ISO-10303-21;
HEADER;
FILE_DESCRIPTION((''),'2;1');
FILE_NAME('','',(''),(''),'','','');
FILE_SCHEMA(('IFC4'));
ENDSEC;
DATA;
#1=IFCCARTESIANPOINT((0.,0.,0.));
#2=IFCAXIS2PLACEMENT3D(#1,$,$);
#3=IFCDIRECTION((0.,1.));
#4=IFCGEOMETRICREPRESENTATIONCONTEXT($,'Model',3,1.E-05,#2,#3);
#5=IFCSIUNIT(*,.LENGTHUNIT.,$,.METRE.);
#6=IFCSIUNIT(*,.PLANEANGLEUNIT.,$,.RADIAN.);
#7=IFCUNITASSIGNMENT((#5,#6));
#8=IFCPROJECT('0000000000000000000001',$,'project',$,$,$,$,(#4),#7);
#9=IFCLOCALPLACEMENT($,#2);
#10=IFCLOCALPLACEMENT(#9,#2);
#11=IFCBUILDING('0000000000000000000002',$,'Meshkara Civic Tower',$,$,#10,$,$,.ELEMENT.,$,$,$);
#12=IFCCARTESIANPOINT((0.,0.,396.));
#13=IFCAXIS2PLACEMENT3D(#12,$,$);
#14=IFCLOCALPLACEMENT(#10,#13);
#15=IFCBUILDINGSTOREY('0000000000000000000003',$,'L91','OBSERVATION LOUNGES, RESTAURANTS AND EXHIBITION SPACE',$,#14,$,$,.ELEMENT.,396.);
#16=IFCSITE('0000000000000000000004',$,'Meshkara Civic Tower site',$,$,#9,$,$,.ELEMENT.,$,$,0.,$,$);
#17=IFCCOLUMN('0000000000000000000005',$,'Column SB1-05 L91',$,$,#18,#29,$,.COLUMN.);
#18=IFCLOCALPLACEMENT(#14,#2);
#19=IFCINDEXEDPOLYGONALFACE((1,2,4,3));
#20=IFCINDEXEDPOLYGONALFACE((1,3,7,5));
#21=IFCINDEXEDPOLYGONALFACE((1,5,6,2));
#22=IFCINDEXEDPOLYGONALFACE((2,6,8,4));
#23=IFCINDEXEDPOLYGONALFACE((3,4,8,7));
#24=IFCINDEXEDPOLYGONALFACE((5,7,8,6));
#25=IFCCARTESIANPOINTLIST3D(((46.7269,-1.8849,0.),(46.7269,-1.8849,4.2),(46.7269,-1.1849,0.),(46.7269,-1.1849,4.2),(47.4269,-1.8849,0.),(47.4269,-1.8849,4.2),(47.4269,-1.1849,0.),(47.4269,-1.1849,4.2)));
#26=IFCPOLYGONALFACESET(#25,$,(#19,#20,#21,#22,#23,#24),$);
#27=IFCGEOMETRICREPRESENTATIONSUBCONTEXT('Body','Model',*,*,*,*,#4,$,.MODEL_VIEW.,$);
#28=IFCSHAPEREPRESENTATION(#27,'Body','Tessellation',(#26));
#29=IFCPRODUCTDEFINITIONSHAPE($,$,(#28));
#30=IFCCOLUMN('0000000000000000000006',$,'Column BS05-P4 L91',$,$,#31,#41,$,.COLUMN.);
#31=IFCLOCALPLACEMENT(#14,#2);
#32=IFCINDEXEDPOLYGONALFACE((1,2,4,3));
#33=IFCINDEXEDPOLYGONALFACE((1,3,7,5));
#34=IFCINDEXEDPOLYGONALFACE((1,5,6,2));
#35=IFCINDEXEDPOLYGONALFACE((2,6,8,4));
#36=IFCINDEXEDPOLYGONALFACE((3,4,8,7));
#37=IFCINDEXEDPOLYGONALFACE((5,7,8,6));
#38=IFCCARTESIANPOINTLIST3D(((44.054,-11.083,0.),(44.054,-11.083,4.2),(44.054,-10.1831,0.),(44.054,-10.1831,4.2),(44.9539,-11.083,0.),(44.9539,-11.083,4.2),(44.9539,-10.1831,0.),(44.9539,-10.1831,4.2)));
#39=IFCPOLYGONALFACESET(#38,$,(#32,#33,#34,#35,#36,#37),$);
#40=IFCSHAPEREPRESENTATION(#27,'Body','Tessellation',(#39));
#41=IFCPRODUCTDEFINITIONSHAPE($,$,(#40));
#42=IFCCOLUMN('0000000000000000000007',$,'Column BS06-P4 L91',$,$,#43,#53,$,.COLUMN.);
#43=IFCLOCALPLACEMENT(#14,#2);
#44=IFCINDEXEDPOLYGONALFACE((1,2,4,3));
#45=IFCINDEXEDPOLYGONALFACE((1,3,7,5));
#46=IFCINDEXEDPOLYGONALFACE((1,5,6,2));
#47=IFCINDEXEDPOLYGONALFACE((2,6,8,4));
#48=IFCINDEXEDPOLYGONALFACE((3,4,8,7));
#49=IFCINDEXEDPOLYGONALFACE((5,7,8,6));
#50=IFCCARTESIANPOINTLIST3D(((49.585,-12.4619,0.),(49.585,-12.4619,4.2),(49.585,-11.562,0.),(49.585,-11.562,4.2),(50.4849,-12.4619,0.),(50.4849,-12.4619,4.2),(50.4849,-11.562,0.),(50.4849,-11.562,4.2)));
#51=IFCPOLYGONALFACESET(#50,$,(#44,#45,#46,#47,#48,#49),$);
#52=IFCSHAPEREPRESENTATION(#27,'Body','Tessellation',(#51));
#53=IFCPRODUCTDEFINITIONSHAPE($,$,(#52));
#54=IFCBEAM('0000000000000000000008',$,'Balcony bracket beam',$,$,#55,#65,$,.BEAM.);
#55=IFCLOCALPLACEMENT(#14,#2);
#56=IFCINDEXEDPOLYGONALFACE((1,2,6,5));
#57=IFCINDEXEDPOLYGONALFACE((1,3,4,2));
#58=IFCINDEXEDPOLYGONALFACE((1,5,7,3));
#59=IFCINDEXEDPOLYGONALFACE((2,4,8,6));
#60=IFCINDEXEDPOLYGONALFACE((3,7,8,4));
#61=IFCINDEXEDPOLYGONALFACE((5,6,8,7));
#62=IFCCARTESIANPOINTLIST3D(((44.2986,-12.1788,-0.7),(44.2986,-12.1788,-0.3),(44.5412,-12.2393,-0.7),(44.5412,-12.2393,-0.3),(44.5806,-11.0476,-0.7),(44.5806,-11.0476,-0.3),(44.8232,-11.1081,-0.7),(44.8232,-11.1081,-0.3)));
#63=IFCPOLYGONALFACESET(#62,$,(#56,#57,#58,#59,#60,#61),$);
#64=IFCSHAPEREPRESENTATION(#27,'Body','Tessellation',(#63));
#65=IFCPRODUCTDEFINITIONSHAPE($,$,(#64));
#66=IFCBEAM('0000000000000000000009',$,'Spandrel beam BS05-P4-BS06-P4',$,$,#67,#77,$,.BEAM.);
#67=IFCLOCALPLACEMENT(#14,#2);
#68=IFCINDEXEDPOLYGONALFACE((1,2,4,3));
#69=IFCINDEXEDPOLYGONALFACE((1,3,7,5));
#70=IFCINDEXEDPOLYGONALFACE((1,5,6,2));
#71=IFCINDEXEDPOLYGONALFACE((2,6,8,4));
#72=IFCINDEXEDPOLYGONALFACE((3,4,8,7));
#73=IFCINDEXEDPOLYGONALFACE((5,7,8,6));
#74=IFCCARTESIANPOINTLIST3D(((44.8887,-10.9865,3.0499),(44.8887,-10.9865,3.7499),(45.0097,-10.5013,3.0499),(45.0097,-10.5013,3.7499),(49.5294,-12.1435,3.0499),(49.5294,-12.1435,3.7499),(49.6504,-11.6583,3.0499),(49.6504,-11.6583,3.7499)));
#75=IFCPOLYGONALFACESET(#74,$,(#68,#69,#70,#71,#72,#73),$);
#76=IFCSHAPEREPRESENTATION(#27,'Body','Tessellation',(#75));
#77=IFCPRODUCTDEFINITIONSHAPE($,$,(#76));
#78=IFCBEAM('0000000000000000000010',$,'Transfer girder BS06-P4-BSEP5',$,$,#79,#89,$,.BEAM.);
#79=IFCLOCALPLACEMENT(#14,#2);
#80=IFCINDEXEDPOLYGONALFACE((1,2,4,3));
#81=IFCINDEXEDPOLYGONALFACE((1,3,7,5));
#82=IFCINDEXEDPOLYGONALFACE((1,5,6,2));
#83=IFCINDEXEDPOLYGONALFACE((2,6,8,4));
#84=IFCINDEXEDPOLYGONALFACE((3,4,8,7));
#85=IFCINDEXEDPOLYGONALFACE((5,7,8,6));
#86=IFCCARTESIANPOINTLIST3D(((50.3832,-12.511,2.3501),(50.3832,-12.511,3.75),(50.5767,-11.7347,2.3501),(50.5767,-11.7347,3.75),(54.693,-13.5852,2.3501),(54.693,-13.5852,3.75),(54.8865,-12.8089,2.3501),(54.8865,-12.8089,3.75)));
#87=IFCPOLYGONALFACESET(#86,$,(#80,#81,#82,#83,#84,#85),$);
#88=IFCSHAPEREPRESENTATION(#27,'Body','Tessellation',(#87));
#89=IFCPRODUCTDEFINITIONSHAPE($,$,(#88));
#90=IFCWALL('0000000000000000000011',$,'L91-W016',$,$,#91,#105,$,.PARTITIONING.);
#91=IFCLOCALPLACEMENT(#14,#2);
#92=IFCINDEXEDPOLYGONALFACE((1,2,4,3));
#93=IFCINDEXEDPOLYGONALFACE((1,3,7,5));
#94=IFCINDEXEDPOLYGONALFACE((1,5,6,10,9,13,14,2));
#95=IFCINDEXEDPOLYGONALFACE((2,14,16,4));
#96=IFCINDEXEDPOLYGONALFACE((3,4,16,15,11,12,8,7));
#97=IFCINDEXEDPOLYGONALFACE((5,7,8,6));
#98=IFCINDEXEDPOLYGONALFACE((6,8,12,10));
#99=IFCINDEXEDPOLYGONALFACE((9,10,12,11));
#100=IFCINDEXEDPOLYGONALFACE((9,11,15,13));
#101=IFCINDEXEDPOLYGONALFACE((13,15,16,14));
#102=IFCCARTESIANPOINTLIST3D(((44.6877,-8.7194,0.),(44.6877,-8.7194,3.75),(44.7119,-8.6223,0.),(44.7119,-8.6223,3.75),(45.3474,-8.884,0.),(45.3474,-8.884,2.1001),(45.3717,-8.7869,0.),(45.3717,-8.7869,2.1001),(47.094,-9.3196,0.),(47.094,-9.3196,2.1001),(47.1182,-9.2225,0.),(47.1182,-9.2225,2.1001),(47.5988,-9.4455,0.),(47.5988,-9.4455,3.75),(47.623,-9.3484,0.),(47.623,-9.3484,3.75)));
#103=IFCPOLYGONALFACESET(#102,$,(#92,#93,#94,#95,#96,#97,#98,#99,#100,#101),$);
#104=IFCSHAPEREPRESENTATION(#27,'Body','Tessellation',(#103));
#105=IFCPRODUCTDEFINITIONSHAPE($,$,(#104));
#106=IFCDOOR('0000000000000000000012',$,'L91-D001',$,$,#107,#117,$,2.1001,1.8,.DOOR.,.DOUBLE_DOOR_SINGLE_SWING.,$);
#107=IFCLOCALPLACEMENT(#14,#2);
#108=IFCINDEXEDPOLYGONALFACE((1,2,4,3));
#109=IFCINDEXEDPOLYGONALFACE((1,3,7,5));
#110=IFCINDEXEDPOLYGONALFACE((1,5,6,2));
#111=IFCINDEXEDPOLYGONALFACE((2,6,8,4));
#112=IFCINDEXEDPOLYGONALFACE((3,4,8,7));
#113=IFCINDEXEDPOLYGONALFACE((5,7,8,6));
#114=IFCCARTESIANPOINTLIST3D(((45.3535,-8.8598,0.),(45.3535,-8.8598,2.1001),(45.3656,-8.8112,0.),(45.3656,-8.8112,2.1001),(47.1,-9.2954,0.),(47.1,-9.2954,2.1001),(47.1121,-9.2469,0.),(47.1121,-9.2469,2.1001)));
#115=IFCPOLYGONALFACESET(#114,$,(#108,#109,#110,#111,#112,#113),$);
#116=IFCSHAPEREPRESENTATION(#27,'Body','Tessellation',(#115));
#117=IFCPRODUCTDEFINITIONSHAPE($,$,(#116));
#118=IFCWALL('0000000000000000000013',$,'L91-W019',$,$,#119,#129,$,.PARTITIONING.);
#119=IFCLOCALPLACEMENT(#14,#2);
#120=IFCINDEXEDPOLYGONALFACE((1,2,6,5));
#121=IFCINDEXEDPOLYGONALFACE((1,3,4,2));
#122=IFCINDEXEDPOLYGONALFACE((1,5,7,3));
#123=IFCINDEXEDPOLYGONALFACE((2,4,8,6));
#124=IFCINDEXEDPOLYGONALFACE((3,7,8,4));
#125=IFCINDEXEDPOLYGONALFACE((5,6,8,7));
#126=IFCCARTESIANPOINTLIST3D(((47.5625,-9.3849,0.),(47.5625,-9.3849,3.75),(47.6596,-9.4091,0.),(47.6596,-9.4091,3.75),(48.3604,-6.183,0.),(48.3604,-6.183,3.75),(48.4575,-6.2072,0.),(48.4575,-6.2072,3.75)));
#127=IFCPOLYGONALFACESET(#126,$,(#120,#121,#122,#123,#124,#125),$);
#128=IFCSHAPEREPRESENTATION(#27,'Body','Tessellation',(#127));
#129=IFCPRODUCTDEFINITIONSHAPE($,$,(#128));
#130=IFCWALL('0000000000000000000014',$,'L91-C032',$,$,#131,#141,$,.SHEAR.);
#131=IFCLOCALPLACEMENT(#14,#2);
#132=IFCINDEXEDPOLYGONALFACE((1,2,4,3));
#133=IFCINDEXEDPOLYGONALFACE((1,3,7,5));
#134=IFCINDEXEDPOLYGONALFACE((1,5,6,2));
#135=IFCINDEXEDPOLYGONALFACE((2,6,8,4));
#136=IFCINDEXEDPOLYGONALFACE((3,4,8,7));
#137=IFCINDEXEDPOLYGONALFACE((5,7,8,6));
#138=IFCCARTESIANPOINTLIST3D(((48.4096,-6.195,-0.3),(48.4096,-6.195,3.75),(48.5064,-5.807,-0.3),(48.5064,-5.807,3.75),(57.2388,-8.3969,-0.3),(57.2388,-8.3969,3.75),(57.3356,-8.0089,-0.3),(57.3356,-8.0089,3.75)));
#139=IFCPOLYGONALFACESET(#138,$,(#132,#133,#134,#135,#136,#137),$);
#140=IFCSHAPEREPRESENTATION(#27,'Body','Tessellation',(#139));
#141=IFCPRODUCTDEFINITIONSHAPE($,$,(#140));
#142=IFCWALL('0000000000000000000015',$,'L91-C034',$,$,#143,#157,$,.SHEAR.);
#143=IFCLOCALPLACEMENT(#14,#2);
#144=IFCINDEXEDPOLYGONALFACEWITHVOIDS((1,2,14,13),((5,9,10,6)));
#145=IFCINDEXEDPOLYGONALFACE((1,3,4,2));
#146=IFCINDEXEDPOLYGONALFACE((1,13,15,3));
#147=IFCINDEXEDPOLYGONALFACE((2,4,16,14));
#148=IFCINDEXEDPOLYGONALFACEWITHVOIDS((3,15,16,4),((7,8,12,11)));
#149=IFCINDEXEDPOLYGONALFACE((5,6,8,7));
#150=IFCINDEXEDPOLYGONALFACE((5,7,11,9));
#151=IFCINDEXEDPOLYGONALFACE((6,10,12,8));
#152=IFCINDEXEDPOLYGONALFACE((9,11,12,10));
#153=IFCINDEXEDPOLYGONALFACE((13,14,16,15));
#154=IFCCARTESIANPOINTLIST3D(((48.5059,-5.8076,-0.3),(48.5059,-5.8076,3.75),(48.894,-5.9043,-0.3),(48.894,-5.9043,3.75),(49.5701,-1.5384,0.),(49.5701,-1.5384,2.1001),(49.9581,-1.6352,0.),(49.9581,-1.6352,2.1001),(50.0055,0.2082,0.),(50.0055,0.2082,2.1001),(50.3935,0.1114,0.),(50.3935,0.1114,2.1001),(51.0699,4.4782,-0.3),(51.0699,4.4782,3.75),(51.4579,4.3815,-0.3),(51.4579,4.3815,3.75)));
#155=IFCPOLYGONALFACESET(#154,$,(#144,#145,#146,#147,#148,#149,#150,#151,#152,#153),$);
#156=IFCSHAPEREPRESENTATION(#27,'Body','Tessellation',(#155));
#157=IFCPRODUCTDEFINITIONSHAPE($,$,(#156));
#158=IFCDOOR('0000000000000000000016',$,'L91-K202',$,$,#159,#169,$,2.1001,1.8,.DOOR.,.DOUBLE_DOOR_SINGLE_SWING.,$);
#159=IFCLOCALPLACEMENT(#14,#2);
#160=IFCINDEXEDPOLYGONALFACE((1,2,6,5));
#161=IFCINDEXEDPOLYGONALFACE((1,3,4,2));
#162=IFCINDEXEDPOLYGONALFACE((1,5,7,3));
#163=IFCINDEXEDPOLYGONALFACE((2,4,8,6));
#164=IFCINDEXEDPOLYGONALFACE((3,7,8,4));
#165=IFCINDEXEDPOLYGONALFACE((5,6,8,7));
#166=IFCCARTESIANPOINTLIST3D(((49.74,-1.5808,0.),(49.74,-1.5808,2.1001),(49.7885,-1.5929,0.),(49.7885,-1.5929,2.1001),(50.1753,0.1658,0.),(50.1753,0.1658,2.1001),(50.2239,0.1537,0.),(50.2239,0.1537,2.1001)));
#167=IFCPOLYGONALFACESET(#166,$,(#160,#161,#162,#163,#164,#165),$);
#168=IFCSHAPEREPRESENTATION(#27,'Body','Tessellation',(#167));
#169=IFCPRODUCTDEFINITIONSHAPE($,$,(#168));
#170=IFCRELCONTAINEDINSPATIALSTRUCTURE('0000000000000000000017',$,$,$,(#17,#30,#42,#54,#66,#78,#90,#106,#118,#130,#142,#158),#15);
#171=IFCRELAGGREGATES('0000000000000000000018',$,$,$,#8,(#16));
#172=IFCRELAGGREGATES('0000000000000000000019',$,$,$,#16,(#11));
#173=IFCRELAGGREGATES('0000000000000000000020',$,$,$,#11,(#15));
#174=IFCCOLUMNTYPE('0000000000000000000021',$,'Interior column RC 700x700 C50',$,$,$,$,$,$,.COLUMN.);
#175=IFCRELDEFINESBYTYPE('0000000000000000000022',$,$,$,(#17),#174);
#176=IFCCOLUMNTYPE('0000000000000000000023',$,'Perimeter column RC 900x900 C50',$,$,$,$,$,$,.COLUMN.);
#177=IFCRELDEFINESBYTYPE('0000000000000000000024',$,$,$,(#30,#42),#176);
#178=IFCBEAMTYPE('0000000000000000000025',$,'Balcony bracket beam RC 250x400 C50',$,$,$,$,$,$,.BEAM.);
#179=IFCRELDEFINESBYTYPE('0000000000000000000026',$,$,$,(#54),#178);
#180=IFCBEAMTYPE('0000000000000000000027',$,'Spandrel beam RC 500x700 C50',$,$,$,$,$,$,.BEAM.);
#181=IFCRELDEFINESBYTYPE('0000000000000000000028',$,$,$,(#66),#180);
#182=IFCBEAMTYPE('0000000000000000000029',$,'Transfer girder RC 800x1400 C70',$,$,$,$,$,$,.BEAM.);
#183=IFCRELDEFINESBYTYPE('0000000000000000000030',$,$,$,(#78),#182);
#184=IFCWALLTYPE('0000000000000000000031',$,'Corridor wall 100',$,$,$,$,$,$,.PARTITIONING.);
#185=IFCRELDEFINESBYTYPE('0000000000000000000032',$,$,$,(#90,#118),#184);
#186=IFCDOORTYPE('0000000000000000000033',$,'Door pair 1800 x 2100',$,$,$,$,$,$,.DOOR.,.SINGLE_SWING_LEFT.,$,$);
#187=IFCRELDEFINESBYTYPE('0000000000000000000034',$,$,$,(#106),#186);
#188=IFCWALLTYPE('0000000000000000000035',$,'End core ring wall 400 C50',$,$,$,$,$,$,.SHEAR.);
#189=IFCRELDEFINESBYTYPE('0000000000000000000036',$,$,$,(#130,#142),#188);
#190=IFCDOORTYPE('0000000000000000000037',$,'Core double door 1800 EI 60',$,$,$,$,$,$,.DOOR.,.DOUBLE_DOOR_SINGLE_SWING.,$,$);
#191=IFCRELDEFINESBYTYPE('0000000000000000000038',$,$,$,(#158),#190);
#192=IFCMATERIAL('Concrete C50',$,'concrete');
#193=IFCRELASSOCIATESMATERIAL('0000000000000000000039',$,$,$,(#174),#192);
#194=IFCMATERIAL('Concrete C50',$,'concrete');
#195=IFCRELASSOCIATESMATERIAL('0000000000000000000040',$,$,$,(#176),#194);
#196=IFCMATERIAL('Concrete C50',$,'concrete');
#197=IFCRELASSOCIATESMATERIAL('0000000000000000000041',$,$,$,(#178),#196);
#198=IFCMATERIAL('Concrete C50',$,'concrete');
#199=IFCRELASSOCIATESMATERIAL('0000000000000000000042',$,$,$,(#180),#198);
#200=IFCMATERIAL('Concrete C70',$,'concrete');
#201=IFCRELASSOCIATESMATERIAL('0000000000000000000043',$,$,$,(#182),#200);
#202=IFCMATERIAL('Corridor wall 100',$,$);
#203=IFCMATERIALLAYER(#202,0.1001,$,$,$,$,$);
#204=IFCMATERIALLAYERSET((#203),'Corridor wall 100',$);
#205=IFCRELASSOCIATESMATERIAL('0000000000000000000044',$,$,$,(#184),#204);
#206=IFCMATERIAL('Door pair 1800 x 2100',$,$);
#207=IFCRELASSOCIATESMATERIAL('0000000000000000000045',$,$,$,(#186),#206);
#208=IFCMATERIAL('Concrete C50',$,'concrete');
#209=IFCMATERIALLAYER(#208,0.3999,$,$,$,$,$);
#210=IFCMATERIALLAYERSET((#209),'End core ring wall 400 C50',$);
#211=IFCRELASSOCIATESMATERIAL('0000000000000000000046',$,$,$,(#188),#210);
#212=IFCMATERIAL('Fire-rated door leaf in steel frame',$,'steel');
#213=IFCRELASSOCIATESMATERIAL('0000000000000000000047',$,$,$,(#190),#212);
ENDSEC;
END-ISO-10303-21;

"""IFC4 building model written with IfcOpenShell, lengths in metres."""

from ifc_helpers import new_model, si_unit, direction, frame, frame_2d, origin, origin_2d, place, context, subcontext, project, spatial, rectangle, extrude, material, layer, layer_set, material_profile, profile_set, type_object, element, fill, save


model = new_model("IFC4")

# Units and contexts
model_context = context("Model", 3, precision=1e-05, world=origin(), true_north=direction((0.0, 1.0)))
body_context = subcontext(model_context, "Body", "Model", "MODEL_VIEW")
ifc_project = project(units=[si_unit("LENGTHUNIT", "METRE"), si_unit("PLANEANGLEUNIT", "RADIAN")], contexts=[model_context])

# Site, building, storey
site_placement = place(None, origin())
site = spatial("IfcSite", under=ifc_project, at=site_placement, Name="Meshkara Civic Tower site", CompositionType="ELEMENT", RefElevation=0.0)
building_placement = place(site_placement, origin())
building = spatial("IfcBuilding", under=site, at=building_placement, Name="Meshkara Civic Tower", CompositionType="ELEMENT")
storey_placement = place(building_placement, frame((0.0, 0.0, 396.0)))
storey = spatial("IfcBuildingStorey", under=building, at=storey_placement, Name="L91", Description="OBSERVATION LOUNGES, RESTAURANTS AND EXHIBITION SPACE", CompositionType="ELEMENT", Elevation=396.0)

# Columns
ifc_material_1 = material(Name="Concrete C50", Category="concrete")
ifc_material_profile_1 = material_profile(ifc_material_1, rectangle(XDim=0.7, YDim=0.7, at=origin_2d()))
ifc_profile_set_1 = profile_set([ifc_material_profile_1], Name="Concrete C50")
column_type_1 = type_object("IfcColumnType", Name="Interior column RC 700x700 C50", PredefinedType="COLUMN", material=ifc_profile_set_1)
column_placement = place(storey_placement, frame((47.0769, -1.5349, 0.0), z_axis=(0.0, 0.0, 1.0), x_axis=(1.0, 0.0, 0.0)))
element("IfcColumn", 1, at=column_placement, inside=storey, type_object=column_type_1, Name="Column SB1-05 L91", PredefinedType="COLUMN", context=body_context, shape_type="SweptSolid", body=[
    extrude(rectangle(XDim=0.7, YDim=0.7, at=origin_2d()), origin(), (0.0, 0.0, 1.0), 4.2),
])
ifc_material_2 = material(Name="Concrete C50", Category="concrete")
ifc_material_profile_2 = material_profile(ifc_material_2, rectangle(XDim=0.8999, YDim=0.8999, at=origin_2d()))
ifc_profile_set_2 = profile_set([ifc_material_profile_2], Name="Concrete C50")
column_type_2 = type_object("IfcColumnType", Name="Perimeter column RC 900x900 C50", PredefinedType="COLUMN", material=ifc_profile_set_2)
for number, where, z_axis, x_axis, name in (
    (2, (44.5039, -10.6331, 0.0), (0.0, 0.0, 1.0), (1.0, 0.0, 0.0), "Column BS05-P4 L91"),
    (3, (50.0349, -12.012, 0.0), (0.0, 0.0, 1.0), (1.0, 0.0, 0.0), "Column BS06-P4 L91"),
):
    element("IfcColumn", number, at=place(storey_placement, frame(where, z_axis=z_axis, x_axis=x_axis)), inside=storey, type_object=column_type_2, Name=name, PredefinedType="COLUMN", context=body_context, shape_type="SweptSolid", body=[
        extrude(rectangle(XDim=0.8999, YDim=0.8999, at=origin_2d()), origin(), (0.0, 0.0, 1.0), 4.2),
    ])

# Beams
ifc_material_3 = material(Name="Concrete C50", Category="concrete")
ifc_material_profile_3 = material_profile(ifc_material_3, rectangle(XDim=0.25, YDim=0.3999, at=origin_2d()))
ifc_profile_set_3 = profile_set([ifc_material_profile_3], Name="Concrete C50")
beam_type_1 = type_object("IfcBeamType", Name="Balcony bracket beam RC 250x400 C50", PredefinedType="BEAM", material=ifc_profile_set_3)
beam_1_placement = place(storey_placement, frame((44.7019, -11.0779, -0.5), z_axis=(-0.241895, -0.970302, 0.0), x_axis=(0.970302, -0.241895, 0.0)))
element("IfcBeam", 4, at=beam_1_placement, inside=storey, type_object=beam_type_1, Name="Balcony bracket beam", PredefinedType="BEAM", context=body_context, shape_type="SweptSolid", body=[
    extrude(rectangle(XDim=0.25, YDim=0.3999, at=origin_2d()), origin(), (0.0, 0.0, 1.0), 1.1658),
])
ifc_material_4 = material(Name="Concrete C50", Category="concrete")
ifc_material_profile_4 = material_profile(ifc_material_4, rectangle(XDim=0.5, YDim=0.7, at=origin_2d()))
ifc_profile_set_4 = profile_set([ifc_material_profile_4], Name="Concrete C50")
beam_type_2 = type_object("IfcBeamType", Name="Spandrel beam RC 500x700 C50", PredefinedType="BEAM", material=ifc_profile_set_4)
beam_2_placement = place(storey_placement, frame((44.9492, -10.7439, 3.3999), z_axis=(0.970298, -0.241911, 0.0), x_axis=(0.241911, 0.970298, 0.0)))
element("IfcBeam", 5, at=beam_2_placement, inside=storey, type_object=beam_type_2, Name="Spandrel beam BS05-P4-BS06-P4", PredefinedType="BEAM", context=body_context, shape_type="SweptSolid", body=[
    extrude(rectangle(XDim=0.5, YDim=0.7, at=origin_2d()), origin(), (0.0, 0.0, 1.0), 4.7827),
])
ifc_material_5 = material(Name="Concrete C70", Category="concrete")
ifc_material_profile_5 = material_profile(ifc_material_5, rectangle(XDim=0.8, YDim=1.3999, at=origin_2d()))
ifc_profile_set_5 = profile_set([ifc_material_profile_5], Name="Concrete C70")
beam_type_3 = type_object("IfcBeamType", Name="Transfer girder RC 800x1400 C70", PredefinedType="BEAM", material=ifc_profile_set_5)
beam_3_placement = place(storey_placement, frame((50.48, -12.1228, 3.05), z_axis=(0.970314, -0.24185, 0.0), x_axis=(0.24185, 0.970314, 0.0)))
element("IfcBeam", 6, at=beam_3_placement, inside=storey, type_object=beam_type_3, Name="Transfer girder BS06-P4-BSEP5", PredefinedType="BEAM", context=body_context, shape_type="SweptSolid", body=[
    extrude(rectangle(XDim=0.8, YDim=1.3999, at=origin_2d()), origin(), (0.0, 0.0, 1.0), 4.4417),
])

# Wall, opening, door
ifc_material_6 = material(Name="Corridor wall 100")
ifc_layer_1 = layer(ifc_material_6, 0.1001)
ifc_layer_set_1 = layer_set([ifc_layer_1], Name="Corridor wall 100")
wall_type_1 = type_object("IfcWallType", Name="Corridor wall 100", PredefinedType="PARTITIONING", material=ifc_layer_set_1)
wall_1_placement = place(storey_placement, frame((44.7, -8.6709, 0.0), z_axis=(0.0, 0.0, 1.0), x_axis=(0.970276, -0.241999, 0.0)))
wall_1 = element("IfcWall", 7, at=wall_1_placement, inside=storey, type_object=wall_type_1, Name="L91-W016", PredefinedType="PARTITIONING", context=body_context, shape_type="SweptSolid", body=[
    extrude(rectangle(XDim=3.0002, YDim=0.1001, at=frame_2d((1.5, 0.0))), origin(), (0.0, 0.0, 1.0), 3.75),
])
opening_1_placement = place(wall_1_placement, frame((0.6799, 0.0, 0.0)))
opening_1 = element("IfcOpeningElement", 8, at=opening_1_placement, cuts=wall_1, PredefinedType="OPENING", context=body_context, shape_type="SweptSolid", body=[
    extrude(rectangle(XDim=1.8, YDim=2.1001, at=frame_2d((0.8999, 1.05))), frame((0.0, 0.0601, 0.0), z_axis=(0.0, -1.0, 0.0), x_axis=(1.0, 0.0, 0.0)), (0.0, 0.0, 1.0), 0.1201),
])
ifc_material_7 = material(Name="Door pair 1800 x 2100")
door_type_1 = type_object("IfcDoorType", Name="Door pair 1800 x 2100", OperationType="SINGLE_SWING_LEFT", PredefinedType="DOOR", material=ifc_material_7)
door_1_placement = place(opening_1_placement, origin())
door_1 = element("IfcDoor", 9, at=door_1_placement, inside=storey, type_object=door_type_1, Name="L91-D001", OperationType="DOUBLE_DOOR_SINGLE_SWING", OverallHeight=2.1001, OverallWidth=1.8, PredefinedType="DOOR", context=body_context, shape_type="SweptSolid", body=[
    extrude(rectangle(XDim=1.8, YDim=2.1001, at=frame_2d((0.8999, 1.05))), frame((0.0, 0.0249, 0.0), z_axis=(0.0, -1.0, 0.0), x_axis=(1.0, 0.0, 0.0)), (0.0, 0.0, 1.0), 0.05),
])
fill(opening_1, door_1)

# Walls
wall_2_placement = place(storey_placement, frame((47.6111, -9.397, 0.0), z_axis=(0.0, 0.0, 1.0), x_axis=(0.241787, 0.970329, 0.0)))
element("IfcWall", 10, at=wall_2_placement, inside=storey, type_object=wall_type_1, Name="L91-W019", PredefinedType="PARTITIONING", context=body_context, shape_type="SweptSolid", body=[
    extrude(rectangle(XDim=3.2998, YDim=0.1001, at=frame_2d((1.6499, 0.0))), origin(), (0.0, 0.0, 1.0), 3.75),
])
ifc_material_8 = material(Name="Concrete C50", Category="concrete")
ifc_layer_2 = layer(ifc_material_8, 0.3999)
ifc_layer_set_2 = layer_set([ifc_layer_2], Name="End core ring wall 400 C50")
wall_type_2 = type_object("IfcWallType", Name="End core ring wall 400 C50", PredefinedType="SHEAR", material=ifc_layer_set_2)
wall_3_placement = place(storey_placement, frame((48.458, -6.001, -0.3), z_axis=(0.0, 0.0, 1.0), x_axis=(0.970281, -0.24198, 0.0)))
element("IfcWall", 11, at=wall_3_placement, inside=storey, type_object=wall_type_2, Name="L91-C032", PredefinedType="SHEAR", context=body_context, shape_type="SweptSolid", body=[
    extrude(rectangle(XDim=9.0996, YDim=0.3999, at=frame_2d((4.5498, 0.0))), origin(), (0.0, 0.0, 1.0), 4.05),
])

# Wall, opening, door
wall_4_placement = place(storey_placement, frame((48.7, -5.856, -0.3), z_axis=(0.0, 0.0, 1.0), x_axis=(0.241869, 0.970309, 0.0)))
wall_4 = element("IfcWall", 12, at=wall_4_placement, inside=storey, type_object=wall_type_2, Name="L91-C034", PredefinedType="SHEAR", context=body_context, shape_type="SweptSolid", body=[
    extrude(rectangle(XDim=10.6006, YDim=0.3999, at=frame_2d((5.3003, 0.0))), origin(), (0.0, 0.0, 1.0), 4.05),
])
opening_2_placement = place(wall_4_placement, frame((4.3999, 0.0, 0.3)))
opening_2 = element("IfcOpeningElement", 13, at=opening_2_placement, cuts=wall_4, PredefinedType="OPENING", context=body_context, shape_type="SweptSolid", body=[
    extrude(rectangle(XDim=1.8, YDim=2.1001, at=frame_2d((0.8999, 1.05))), frame((0.0, 0.21, 0.0), z_axis=(0.0, -1.0, 0.0), x_axis=(1.0, 0.0, 0.0)), (0.0, 0.0, 1.0), 0.4199),
])
ifc_material_9 = material(Name="Fire-rated door leaf in steel frame", Category="steel")
door_type_2 = type_object("IfcDoorType", Name="Core double door 1800 EI 60", OperationType="DOUBLE_DOOR_SINGLE_SWING", PredefinedType="DOOR", material=ifc_material_9)
door_2_placement = place(opening_2_placement, origin())
door_2 = element("IfcDoor", 14, at=door_2_placement, inside=storey, type_object=door_type_2, Name="L91-K202", OperationType="DOUBLE_DOOR_SINGLE_SWING", OverallHeight=2.1001, OverallWidth=1.8, PredefinedType="DOOR", context=body_context, shape_type="SweptSolid", body=[
    extrude(rectangle(XDim=1.8, YDim=2.1001, at=frame_2d((0.8999, 1.05))), frame((0.0, 0.0249, 0.0), z_axis=(0.0, -1.0, 0.0), x_axis=(1.0, 0.0, 0.0)), (0.0, 0.0, 1.0), 0.05),
])
fill(opening_2, door_2)

save(model, "model.ifc")
